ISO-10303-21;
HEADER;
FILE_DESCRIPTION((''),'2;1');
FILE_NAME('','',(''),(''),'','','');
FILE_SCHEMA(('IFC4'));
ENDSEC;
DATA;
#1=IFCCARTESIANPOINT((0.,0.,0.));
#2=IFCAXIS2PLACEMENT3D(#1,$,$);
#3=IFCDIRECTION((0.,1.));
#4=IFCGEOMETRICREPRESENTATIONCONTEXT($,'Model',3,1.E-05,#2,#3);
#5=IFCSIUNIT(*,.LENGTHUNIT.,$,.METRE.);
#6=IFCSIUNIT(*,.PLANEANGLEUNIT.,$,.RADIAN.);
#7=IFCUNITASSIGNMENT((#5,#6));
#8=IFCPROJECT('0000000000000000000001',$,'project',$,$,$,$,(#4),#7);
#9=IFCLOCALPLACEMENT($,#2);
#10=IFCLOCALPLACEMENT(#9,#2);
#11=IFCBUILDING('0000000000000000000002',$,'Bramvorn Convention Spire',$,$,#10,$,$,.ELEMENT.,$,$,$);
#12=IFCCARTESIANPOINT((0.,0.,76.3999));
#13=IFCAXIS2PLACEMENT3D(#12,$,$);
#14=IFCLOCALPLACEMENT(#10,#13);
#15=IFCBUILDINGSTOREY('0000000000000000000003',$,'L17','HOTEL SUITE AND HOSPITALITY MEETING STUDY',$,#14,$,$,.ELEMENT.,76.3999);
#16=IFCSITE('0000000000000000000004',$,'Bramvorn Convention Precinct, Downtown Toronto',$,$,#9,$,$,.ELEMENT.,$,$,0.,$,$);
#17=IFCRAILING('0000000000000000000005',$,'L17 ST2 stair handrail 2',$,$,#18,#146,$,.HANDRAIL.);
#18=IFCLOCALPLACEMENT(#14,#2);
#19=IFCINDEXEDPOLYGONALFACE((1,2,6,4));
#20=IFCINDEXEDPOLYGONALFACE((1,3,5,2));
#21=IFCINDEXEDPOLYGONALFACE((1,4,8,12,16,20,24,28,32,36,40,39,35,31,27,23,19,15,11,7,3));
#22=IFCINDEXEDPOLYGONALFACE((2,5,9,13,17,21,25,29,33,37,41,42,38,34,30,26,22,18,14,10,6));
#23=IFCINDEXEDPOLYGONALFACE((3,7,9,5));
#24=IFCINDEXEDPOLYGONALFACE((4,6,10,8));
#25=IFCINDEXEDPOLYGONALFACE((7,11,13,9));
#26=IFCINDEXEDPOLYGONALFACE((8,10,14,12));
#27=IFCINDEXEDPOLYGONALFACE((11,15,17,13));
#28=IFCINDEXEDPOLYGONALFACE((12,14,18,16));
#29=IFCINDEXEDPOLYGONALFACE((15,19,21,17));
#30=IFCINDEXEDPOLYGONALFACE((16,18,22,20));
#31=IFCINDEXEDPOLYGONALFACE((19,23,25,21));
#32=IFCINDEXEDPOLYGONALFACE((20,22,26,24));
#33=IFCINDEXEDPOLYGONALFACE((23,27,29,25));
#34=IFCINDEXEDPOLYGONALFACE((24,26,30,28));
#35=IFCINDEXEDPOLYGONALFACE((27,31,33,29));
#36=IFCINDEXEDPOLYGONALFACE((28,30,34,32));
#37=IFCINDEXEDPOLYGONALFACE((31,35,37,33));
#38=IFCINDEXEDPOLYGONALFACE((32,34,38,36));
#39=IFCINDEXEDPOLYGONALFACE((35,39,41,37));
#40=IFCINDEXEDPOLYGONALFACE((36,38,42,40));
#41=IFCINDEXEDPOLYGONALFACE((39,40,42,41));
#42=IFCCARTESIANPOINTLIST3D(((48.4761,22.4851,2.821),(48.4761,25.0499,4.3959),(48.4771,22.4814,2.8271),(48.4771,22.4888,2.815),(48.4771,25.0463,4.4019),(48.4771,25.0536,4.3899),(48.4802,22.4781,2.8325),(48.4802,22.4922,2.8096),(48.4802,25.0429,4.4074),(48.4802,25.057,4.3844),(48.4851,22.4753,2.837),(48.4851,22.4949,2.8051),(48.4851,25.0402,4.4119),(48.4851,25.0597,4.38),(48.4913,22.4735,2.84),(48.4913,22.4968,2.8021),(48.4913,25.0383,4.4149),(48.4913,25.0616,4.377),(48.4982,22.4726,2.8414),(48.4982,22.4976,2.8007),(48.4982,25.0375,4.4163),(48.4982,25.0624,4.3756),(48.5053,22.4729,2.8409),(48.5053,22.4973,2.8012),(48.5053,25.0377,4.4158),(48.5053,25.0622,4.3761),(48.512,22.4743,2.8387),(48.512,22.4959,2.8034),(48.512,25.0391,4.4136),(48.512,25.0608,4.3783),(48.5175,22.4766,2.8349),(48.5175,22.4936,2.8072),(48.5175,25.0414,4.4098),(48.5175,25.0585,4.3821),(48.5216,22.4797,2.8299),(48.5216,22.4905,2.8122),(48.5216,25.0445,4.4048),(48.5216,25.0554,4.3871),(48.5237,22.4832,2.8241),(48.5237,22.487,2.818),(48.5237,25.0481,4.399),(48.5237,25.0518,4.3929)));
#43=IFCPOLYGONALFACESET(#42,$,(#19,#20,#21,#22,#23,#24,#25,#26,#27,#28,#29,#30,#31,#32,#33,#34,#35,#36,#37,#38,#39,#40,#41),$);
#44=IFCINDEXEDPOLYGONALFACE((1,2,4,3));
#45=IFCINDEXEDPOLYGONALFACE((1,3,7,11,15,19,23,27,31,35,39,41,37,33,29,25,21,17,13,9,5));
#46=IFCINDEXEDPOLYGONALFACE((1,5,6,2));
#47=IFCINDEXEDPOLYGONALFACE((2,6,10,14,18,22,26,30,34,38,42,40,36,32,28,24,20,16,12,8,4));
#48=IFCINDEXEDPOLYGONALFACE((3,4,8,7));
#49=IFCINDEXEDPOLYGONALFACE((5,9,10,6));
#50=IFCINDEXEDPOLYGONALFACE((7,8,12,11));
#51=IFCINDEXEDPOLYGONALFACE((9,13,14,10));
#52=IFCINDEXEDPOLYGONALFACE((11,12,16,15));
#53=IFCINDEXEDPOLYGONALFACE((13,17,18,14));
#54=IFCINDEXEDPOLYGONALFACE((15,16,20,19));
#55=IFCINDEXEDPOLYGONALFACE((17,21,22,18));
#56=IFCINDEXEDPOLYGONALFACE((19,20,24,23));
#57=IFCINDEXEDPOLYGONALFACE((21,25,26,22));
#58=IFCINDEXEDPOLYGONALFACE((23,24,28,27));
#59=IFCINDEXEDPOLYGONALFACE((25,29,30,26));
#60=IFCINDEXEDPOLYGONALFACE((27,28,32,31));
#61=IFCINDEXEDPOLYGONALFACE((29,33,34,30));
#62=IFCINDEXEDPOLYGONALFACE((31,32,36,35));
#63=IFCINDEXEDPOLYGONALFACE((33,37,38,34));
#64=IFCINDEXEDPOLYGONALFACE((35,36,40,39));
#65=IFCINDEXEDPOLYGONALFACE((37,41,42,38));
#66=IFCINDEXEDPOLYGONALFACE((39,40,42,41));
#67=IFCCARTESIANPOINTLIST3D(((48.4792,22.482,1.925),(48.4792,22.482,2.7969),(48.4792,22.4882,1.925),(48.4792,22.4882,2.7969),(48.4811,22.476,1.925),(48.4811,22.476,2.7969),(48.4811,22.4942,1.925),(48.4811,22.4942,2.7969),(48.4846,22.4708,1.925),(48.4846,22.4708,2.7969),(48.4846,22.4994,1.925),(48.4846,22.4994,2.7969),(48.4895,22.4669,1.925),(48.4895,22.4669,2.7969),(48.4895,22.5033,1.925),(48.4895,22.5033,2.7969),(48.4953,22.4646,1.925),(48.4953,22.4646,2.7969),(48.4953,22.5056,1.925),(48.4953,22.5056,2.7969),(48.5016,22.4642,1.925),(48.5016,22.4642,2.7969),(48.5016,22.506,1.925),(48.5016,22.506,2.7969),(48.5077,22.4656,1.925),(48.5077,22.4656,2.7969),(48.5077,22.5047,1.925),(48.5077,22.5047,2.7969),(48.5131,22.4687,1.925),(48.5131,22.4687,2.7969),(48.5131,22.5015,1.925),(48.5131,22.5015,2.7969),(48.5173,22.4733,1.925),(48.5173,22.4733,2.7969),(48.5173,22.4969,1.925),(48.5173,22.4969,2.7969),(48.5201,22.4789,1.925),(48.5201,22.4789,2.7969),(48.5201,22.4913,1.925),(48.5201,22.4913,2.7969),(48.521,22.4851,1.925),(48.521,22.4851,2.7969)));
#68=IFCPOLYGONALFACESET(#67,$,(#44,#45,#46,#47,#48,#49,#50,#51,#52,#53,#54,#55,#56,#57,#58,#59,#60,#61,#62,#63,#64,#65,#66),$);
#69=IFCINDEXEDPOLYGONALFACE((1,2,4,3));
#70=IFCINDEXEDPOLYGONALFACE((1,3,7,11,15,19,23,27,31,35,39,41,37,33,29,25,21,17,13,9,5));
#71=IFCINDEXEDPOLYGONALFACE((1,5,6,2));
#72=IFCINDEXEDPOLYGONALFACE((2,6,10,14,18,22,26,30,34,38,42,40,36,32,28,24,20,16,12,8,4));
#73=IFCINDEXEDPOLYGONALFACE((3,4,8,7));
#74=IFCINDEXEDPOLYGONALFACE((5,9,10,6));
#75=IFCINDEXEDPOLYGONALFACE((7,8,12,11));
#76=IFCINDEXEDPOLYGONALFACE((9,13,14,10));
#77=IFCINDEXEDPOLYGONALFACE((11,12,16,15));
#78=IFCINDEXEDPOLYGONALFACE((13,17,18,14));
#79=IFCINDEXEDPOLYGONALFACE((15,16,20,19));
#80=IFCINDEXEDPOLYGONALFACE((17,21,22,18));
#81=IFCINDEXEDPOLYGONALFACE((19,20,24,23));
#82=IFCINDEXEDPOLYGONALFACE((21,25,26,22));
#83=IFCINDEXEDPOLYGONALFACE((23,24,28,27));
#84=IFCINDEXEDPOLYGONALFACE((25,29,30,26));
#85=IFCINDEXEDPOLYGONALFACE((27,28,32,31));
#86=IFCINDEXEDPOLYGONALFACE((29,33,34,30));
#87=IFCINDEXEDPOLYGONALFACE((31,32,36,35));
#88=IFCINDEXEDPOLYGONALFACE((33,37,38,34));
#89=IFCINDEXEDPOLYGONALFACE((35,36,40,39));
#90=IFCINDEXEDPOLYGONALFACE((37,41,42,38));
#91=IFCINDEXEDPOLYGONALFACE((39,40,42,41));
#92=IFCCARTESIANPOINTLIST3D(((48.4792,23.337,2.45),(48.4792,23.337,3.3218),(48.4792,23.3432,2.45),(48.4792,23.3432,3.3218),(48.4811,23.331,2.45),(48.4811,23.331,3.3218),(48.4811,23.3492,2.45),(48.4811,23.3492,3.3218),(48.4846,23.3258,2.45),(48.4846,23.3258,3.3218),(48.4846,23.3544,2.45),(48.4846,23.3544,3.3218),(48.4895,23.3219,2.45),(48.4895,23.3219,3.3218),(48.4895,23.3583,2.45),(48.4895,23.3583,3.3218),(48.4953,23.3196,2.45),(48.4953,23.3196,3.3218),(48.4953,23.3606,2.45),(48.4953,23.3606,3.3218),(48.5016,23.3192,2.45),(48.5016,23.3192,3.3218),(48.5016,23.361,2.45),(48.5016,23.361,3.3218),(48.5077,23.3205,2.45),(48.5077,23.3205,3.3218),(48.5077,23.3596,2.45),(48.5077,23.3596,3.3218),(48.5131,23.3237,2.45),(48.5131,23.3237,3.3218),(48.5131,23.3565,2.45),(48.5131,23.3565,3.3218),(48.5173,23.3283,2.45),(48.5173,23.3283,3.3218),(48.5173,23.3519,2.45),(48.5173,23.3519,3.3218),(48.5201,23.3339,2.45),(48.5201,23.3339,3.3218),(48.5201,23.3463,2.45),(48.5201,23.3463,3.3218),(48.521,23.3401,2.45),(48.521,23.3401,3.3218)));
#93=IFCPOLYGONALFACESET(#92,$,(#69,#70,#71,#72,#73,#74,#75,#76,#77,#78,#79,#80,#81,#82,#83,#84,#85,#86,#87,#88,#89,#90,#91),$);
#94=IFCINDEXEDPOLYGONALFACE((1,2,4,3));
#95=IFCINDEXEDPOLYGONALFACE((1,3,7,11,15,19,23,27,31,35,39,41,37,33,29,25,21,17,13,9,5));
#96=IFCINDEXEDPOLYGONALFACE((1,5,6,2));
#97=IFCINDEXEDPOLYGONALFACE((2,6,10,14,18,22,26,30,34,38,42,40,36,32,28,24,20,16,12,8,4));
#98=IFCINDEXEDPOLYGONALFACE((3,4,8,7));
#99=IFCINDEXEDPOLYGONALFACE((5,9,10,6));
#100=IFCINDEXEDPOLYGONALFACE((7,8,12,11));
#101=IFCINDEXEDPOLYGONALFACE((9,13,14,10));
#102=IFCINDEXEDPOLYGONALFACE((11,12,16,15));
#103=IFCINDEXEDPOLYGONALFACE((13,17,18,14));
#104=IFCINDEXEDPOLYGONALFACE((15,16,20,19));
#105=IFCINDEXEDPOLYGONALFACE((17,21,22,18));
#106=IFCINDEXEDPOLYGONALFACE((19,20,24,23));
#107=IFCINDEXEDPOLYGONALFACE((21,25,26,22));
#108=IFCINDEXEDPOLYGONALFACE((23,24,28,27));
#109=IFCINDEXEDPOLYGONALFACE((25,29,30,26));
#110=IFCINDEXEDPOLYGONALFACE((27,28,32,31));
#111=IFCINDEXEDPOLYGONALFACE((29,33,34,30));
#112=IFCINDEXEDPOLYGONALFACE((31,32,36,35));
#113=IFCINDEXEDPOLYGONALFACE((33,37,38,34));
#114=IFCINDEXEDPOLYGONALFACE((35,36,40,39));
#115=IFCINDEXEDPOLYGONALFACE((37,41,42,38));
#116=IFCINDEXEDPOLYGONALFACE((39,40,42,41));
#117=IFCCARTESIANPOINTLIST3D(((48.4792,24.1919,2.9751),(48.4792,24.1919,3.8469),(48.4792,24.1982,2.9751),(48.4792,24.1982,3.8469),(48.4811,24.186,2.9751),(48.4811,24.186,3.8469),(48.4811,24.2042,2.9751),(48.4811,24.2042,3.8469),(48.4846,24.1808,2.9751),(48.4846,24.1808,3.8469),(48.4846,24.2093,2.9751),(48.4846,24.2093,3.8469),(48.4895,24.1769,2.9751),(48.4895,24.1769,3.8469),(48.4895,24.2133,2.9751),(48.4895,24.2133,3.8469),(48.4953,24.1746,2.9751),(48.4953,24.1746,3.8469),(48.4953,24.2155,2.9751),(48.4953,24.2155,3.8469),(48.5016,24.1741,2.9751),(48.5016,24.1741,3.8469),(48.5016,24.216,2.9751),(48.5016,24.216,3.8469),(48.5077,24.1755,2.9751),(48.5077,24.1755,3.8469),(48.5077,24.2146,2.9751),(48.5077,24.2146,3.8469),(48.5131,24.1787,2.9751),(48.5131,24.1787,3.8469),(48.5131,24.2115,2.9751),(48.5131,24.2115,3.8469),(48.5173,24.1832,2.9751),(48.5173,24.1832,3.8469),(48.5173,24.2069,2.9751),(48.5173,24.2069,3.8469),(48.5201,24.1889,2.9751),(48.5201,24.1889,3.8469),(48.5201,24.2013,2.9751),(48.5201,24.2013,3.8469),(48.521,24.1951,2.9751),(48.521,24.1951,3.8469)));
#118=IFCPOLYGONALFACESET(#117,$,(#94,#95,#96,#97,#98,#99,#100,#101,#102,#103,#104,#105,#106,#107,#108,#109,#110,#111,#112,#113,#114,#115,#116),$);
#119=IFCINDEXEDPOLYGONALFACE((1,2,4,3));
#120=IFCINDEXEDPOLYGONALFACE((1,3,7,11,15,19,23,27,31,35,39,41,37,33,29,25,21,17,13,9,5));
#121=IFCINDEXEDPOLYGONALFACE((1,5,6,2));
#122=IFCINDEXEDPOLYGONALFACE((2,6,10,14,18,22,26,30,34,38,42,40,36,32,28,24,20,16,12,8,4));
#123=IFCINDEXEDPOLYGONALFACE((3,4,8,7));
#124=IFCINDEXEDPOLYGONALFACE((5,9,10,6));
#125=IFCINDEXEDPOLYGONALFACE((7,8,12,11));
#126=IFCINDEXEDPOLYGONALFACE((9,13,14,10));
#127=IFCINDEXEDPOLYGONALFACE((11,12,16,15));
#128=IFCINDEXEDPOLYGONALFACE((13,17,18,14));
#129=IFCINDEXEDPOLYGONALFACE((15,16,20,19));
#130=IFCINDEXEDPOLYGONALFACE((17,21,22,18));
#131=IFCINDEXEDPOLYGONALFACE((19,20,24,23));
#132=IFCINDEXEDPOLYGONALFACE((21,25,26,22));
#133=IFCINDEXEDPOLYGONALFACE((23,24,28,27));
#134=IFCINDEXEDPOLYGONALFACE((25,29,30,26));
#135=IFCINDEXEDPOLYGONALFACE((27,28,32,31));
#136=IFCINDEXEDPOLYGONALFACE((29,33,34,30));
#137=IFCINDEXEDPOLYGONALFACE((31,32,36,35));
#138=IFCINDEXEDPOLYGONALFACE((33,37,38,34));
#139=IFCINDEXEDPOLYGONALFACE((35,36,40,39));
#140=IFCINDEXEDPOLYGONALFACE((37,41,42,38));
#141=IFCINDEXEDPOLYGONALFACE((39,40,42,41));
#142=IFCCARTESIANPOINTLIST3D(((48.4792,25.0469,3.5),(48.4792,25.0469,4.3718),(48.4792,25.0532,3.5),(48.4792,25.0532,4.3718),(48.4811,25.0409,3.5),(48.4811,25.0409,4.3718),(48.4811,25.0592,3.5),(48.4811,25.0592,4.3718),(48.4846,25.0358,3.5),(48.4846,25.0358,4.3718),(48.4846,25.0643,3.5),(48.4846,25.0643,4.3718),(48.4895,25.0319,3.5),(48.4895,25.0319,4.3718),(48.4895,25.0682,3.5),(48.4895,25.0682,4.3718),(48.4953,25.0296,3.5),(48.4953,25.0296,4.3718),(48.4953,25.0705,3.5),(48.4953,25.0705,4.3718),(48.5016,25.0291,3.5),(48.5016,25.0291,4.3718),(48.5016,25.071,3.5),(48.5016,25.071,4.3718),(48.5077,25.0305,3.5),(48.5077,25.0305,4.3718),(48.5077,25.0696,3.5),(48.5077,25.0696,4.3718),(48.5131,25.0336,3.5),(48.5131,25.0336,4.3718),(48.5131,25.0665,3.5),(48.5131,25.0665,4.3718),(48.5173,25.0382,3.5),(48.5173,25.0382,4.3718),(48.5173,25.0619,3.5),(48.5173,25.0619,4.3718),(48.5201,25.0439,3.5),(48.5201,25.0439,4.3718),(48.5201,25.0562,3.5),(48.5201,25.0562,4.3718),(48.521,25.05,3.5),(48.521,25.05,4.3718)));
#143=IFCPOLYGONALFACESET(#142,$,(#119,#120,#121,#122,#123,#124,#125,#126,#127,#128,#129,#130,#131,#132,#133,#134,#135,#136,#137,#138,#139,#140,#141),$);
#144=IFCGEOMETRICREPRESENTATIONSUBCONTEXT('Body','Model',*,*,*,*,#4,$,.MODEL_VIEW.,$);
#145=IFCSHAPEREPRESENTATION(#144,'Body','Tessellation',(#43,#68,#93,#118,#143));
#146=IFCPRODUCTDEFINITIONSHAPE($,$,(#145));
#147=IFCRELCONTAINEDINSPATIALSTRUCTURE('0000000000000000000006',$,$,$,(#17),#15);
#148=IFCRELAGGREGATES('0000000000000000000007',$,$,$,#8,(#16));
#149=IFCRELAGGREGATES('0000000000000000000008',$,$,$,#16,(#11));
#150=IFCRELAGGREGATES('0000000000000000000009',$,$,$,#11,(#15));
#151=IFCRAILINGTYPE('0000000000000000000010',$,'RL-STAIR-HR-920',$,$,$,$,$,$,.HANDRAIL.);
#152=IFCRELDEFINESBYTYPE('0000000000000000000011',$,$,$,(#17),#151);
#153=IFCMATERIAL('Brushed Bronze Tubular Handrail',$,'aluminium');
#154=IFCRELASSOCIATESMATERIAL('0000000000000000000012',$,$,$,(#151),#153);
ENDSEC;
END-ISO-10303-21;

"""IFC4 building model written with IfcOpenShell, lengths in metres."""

from ifc_helpers import new_model, si_unit, direction, frame, origin, origin_2d, place, context, subcontext, project, spatial, circle, extrude, material, type_object, element, save


model = new_model("IFC4")

# Units and contexts
model_context = context("Model", 3, precision=1e-05, world=origin(), true_north=direction((0.0, 1.0)))
body_context = subcontext(model_context, "Body", "Model", "MODEL_VIEW")
ifc_project = project(units=[si_unit("LENGTHUNIT", "METRE"), si_unit("PLANEANGLEUNIT", "RADIAN")], contexts=[model_context])

# Site, building, storey
site_placement = place(None, origin())
site = spatial("IfcSite", under=ifc_project, at=site_placement, Name="Bramvorn Convention Precinct, Downtown Toronto", CompositionType="ELEMENT", RefElevation=0.0)
building_placement = place(site_placement, origin())
building = spatial("IfcBuilding", under=site, at=building_placement, Name="Bramvorn Convention Spire", CompositionType="ELEMENT")
storey_placement = place(building_placement, frame((0.0, 0.0, 76.3999)))
storey = spatial("IfcBuildingStorey", under=building, at=storey_placement, Name="L17", Description="HOTEL SUITE AND HOSPITALITY MEETING STUDY", CompositionType="ELEMENT", Elevation=76.3999)

# Railing
ifc_material_1 = material(Name="Brushed Bronze Tubular Handrail", Category="aluminium")
railing_type_1 = type_object("IfcRailingType", Name="RL-STAIR-HR-920", PredefinedType="HANDRAIL", material=ifc_material_1)
railing_1_placement = place(storey_placement, frame((48.5, 22.4851, 1.925)))
element("IfcRailing", 1, at=railing_1_placement, inside=storey, type_object=railing_type_1, Name="L17 ST2 stair handrail 2", PredefinedType="HANDRAIL", context=body_context, shape_type="SweptSolid", body=[
    extrude(circle(Radius=0.0239, at=origin_2d()), frame((0.0, 0.0, 0.896), z_axis=(0.0, 0.852173, 0.52326), x_axis=(-1.0, 0.0, 0.0)), (0.0, 0.0, 1.0), 3.0098),
    extrude(circle(Radius=0.021, at=origin_2d()), origin(), (0.0, 0.0, 1.0), 0.8718),
    extrude(circle(Radius=0.021, at=origin_2d()), frame((0.0, 0.855, 0.5249)), (0.0, 0.0, 1.0), 0.8718),
    extrude(circle(Radius=0.021, at=origin_2d()), frame((0.0, 1.71, 1.05)), (0.0, 0.0, 1.0), 0.8718),
    extrude(circle(Radius=0.021, at=origin_2d()), frame((0.0, 2.5649, 1.575)), (0.0, 0.0, 1.0), 0.8718),
])

save(model, "model.ifc")
